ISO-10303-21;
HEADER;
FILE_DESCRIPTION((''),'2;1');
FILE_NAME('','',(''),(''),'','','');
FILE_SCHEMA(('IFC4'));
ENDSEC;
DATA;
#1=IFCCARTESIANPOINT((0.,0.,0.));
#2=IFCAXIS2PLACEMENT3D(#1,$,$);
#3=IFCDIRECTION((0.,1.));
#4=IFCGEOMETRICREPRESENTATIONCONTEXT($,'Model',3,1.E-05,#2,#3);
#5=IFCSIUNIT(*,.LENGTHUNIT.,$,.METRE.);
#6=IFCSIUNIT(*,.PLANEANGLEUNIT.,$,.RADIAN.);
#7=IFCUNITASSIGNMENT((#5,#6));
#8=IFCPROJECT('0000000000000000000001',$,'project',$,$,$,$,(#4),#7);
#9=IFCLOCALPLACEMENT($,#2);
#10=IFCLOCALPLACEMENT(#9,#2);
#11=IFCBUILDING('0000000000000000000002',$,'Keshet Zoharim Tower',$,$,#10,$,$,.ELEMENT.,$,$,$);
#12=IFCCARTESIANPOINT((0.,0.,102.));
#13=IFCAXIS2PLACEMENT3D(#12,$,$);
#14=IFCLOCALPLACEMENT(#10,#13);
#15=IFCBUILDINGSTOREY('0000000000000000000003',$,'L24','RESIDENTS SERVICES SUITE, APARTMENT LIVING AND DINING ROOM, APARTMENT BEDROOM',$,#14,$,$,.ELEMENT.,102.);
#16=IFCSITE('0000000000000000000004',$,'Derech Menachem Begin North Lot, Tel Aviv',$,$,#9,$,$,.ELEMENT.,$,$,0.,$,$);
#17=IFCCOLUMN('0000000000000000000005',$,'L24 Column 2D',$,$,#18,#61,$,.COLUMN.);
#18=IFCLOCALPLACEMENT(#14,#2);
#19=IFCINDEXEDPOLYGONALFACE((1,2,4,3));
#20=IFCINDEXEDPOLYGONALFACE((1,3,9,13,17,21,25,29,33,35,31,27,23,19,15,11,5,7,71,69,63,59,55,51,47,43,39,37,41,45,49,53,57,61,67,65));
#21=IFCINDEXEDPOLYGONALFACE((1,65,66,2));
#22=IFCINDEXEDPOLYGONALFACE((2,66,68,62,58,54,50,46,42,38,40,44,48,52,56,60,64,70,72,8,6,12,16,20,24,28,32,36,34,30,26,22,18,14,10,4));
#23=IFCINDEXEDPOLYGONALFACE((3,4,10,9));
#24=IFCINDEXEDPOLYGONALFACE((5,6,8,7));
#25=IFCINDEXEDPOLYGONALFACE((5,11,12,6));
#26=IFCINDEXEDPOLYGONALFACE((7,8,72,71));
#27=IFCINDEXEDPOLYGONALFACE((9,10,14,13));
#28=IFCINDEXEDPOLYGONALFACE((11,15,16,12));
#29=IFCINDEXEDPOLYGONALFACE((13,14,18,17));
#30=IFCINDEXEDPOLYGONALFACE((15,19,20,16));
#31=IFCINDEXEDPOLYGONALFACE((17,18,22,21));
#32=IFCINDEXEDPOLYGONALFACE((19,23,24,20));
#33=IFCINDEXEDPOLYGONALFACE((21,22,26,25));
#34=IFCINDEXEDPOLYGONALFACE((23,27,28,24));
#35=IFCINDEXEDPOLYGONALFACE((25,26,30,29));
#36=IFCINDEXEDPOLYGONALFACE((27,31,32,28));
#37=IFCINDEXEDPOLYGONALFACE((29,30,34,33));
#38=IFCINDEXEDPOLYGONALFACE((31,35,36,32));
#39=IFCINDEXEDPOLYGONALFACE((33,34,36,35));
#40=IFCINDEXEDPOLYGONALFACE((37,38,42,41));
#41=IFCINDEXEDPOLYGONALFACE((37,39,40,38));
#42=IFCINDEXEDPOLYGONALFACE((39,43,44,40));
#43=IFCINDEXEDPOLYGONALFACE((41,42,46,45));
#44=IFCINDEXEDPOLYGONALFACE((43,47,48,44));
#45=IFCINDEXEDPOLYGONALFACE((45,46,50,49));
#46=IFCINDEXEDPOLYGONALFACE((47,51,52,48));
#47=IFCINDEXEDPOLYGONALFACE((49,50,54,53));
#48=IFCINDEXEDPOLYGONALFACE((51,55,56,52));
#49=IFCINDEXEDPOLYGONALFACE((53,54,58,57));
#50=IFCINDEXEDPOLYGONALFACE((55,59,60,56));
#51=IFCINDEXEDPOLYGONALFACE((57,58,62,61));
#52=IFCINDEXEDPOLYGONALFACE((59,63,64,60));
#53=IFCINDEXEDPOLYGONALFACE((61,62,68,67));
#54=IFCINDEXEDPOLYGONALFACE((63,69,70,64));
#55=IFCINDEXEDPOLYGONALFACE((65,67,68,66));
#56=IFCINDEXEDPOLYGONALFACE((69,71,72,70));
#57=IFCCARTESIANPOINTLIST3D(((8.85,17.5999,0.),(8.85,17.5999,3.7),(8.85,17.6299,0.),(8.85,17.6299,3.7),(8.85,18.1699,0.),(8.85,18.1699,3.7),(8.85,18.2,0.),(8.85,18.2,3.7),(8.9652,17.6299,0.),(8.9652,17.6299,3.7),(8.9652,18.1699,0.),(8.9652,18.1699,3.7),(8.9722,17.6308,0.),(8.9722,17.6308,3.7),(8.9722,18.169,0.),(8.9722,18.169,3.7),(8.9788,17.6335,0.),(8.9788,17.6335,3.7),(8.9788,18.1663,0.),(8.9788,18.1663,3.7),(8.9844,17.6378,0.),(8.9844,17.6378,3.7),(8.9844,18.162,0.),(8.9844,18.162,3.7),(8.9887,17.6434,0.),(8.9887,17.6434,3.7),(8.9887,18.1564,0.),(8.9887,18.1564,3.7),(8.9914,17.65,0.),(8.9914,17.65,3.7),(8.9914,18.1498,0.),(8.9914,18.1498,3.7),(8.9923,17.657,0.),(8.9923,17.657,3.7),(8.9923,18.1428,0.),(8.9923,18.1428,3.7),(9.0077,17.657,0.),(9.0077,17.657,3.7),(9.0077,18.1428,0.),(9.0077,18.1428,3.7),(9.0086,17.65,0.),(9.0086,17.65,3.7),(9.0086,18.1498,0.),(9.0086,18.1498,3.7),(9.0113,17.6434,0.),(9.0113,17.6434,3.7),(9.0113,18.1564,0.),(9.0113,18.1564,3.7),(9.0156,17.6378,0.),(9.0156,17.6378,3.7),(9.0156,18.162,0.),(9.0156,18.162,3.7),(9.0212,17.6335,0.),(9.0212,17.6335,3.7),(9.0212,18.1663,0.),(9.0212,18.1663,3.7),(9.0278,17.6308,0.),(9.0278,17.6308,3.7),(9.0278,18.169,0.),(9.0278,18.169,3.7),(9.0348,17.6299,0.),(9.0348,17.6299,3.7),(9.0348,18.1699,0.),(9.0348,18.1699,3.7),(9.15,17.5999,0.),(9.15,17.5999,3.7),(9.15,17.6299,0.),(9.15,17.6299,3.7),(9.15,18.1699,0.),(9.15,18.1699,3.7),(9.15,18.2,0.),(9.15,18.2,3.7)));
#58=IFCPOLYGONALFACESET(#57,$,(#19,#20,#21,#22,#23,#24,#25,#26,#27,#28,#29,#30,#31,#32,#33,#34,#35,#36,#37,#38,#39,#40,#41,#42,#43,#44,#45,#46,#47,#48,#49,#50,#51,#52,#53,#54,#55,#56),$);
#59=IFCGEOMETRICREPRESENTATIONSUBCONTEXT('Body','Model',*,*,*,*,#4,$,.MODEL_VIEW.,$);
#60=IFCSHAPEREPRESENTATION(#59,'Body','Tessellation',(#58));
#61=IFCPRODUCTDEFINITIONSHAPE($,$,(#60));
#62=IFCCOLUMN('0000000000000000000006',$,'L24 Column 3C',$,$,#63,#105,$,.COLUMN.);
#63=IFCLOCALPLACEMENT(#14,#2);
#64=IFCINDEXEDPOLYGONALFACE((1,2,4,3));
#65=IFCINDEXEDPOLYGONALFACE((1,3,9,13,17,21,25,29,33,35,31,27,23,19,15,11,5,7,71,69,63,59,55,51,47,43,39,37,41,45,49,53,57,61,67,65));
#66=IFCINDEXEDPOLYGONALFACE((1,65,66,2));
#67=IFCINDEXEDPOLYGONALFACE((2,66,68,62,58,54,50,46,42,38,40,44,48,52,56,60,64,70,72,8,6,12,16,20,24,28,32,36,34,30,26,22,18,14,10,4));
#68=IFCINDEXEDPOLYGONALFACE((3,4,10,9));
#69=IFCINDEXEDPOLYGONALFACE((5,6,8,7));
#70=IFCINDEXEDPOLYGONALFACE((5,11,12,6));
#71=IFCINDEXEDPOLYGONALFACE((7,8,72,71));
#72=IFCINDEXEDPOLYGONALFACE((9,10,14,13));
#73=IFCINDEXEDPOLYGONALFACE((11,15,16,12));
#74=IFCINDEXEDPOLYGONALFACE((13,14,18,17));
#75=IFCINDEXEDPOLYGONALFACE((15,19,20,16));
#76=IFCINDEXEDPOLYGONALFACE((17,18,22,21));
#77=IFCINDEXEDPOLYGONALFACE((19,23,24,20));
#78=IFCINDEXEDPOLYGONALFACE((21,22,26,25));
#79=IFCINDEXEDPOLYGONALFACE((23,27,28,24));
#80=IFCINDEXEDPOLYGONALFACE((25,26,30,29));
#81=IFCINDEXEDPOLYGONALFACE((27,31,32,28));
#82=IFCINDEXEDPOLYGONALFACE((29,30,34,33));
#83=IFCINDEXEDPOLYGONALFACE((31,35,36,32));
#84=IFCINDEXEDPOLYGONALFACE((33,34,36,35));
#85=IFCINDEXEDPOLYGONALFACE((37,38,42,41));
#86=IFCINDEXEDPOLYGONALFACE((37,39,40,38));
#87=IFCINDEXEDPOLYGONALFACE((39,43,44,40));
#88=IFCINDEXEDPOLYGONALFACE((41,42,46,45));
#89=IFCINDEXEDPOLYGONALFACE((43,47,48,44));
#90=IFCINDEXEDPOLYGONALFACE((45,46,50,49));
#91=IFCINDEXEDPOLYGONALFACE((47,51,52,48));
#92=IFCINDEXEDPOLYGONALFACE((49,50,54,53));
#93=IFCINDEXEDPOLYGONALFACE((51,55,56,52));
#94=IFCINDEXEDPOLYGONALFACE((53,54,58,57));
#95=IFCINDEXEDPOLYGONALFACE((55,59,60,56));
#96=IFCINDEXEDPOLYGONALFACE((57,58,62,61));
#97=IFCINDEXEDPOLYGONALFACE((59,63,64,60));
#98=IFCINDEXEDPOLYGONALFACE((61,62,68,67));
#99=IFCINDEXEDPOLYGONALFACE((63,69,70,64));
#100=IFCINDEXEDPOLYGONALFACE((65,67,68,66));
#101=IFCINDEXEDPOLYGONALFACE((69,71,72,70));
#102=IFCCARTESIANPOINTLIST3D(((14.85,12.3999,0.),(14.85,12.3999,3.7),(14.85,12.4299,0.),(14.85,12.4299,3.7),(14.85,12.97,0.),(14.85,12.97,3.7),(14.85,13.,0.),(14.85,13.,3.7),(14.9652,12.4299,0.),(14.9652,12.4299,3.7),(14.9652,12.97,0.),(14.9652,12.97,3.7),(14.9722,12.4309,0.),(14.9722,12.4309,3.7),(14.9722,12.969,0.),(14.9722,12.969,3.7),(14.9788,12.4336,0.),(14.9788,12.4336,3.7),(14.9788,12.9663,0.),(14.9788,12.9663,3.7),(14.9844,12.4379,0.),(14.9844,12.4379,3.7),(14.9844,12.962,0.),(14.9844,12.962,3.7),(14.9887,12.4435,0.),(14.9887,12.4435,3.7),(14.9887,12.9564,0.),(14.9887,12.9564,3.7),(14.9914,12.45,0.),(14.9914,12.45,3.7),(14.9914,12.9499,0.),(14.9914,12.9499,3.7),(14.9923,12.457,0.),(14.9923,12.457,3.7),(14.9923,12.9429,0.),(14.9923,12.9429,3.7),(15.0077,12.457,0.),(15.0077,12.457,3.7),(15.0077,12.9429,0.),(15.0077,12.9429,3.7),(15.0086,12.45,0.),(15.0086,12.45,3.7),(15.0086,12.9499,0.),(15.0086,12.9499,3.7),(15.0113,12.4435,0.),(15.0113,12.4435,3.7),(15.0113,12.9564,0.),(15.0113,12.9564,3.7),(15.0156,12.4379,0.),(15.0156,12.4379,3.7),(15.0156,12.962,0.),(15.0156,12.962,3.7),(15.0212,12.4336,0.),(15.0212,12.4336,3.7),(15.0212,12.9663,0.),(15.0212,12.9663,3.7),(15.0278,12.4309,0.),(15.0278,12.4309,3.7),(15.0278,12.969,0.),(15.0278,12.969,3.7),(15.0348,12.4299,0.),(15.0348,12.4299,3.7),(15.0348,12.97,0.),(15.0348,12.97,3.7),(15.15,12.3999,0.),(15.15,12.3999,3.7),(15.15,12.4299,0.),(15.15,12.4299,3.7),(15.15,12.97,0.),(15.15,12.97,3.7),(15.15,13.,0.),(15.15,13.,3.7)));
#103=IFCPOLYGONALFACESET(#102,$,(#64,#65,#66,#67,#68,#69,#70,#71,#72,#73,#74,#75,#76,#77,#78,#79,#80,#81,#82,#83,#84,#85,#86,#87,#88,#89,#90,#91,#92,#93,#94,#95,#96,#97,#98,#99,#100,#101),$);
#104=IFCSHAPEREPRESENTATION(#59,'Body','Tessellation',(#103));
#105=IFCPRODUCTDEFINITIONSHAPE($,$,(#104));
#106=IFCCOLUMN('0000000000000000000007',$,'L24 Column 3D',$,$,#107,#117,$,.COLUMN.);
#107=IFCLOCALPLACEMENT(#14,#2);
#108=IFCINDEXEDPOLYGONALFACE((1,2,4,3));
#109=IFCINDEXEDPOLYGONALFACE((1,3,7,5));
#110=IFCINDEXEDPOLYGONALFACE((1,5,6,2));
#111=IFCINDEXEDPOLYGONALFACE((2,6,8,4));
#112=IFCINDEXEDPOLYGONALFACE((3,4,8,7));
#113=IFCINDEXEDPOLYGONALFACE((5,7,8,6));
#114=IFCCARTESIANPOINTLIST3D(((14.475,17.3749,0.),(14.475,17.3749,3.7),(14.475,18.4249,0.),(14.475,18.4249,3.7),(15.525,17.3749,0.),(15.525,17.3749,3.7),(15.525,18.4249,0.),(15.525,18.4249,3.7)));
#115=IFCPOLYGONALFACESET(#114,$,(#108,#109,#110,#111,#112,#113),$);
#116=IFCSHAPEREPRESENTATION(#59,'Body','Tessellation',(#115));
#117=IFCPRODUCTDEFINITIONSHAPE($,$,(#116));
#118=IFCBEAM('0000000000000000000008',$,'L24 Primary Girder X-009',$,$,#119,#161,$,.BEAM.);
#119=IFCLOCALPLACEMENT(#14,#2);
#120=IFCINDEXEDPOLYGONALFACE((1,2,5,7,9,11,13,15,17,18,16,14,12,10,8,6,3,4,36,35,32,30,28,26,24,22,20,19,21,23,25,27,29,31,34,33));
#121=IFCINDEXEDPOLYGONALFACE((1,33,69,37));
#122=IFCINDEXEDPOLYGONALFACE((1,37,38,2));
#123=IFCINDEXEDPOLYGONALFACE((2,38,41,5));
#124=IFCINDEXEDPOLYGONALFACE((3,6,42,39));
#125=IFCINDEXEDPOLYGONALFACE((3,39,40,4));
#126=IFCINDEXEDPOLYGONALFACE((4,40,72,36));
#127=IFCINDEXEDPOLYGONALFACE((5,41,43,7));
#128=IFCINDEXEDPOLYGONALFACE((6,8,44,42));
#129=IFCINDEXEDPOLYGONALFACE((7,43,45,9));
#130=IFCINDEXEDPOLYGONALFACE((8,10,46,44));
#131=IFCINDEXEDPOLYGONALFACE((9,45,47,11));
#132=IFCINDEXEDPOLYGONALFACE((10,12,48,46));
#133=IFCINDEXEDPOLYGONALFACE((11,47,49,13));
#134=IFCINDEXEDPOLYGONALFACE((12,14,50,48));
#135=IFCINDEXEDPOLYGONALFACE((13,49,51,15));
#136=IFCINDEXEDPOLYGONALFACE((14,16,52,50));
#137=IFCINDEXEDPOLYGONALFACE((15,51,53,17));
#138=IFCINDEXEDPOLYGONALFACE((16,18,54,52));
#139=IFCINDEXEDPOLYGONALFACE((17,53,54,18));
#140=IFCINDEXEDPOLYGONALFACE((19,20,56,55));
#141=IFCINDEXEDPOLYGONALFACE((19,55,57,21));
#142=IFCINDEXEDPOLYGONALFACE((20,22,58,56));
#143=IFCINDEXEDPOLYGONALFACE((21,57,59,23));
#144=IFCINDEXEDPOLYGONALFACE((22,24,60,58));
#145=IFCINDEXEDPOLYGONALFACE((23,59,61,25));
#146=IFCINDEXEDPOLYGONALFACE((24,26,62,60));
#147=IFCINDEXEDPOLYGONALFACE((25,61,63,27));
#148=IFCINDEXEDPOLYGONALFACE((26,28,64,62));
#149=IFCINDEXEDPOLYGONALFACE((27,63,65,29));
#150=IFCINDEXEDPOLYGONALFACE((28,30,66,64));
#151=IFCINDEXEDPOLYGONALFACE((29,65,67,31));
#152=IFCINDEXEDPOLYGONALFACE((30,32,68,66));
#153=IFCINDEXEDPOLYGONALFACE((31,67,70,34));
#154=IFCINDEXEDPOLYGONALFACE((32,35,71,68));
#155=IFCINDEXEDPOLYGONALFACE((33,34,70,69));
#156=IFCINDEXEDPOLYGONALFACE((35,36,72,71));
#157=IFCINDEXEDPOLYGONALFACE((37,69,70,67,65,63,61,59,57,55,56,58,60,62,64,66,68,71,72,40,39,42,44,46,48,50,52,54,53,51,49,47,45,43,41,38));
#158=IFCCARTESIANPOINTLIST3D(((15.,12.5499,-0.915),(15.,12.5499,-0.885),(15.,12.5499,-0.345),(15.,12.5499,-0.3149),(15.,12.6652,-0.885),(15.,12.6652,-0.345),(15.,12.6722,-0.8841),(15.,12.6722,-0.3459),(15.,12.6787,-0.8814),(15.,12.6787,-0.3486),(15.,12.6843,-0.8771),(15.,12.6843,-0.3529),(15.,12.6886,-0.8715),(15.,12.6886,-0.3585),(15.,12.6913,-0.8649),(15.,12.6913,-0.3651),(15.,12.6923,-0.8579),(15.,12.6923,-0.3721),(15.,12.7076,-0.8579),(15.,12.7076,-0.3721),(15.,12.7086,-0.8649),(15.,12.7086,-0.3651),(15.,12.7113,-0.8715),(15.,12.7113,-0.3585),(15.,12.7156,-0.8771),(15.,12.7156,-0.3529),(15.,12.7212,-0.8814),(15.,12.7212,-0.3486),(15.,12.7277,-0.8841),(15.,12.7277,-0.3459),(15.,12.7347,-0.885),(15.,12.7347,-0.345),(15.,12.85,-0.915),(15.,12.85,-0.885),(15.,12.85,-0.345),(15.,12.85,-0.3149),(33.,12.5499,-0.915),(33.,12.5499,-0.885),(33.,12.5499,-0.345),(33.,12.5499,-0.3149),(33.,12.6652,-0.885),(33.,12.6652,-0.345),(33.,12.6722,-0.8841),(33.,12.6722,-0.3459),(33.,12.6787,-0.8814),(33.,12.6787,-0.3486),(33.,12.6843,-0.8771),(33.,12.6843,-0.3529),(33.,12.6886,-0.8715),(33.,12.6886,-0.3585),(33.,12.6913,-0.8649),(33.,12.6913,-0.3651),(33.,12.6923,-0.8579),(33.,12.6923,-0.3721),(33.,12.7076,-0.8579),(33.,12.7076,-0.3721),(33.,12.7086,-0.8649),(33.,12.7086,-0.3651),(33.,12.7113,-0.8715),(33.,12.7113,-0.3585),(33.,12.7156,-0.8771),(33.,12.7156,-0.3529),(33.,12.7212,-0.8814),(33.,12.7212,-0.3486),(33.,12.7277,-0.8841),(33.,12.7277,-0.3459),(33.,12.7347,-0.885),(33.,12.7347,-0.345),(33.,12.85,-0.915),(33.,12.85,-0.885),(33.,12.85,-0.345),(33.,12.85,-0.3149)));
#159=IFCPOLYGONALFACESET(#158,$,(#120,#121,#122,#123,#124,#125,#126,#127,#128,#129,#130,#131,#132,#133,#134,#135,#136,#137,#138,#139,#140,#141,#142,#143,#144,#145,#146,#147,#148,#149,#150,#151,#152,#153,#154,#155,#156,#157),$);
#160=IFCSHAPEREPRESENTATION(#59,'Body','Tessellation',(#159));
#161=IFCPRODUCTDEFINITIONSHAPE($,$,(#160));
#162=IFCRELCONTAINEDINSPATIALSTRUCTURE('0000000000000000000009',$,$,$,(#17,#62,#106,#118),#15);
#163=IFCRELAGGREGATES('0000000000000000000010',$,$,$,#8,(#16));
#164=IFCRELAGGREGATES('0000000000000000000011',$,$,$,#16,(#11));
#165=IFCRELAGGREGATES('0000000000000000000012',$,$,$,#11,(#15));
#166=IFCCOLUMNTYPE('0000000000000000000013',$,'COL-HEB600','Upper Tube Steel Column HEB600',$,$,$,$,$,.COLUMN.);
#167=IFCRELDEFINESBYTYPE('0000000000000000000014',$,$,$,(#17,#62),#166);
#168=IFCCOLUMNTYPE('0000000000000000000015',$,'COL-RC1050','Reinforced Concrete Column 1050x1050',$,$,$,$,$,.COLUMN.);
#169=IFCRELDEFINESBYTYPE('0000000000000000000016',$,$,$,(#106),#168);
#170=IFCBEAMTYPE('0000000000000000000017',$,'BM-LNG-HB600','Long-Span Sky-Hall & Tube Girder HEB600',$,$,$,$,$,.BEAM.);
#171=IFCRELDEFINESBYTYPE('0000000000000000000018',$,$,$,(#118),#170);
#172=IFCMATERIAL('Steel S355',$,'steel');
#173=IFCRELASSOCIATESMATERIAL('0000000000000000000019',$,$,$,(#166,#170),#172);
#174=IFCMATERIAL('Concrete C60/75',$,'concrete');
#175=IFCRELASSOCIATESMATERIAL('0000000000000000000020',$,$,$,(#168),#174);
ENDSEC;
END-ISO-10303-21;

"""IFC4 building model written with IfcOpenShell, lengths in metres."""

from ifc_helpers import new_model, si_unit, direction, frame, origin, origin_2d, place, context, subcontext, project, spatial, rectangle, i_section, extrude, material, material_profile, profile_set, type_object, element, save


model = new_model("IFC4")

# Units and contexts
model_context = context("Model", 3, precision=1e-05, world=origin(), true_north=direction((0.0, 1.0)))
body_context = subcontext(model_context, "Body", "Model", "MODEL_VIEW")
ifc_project = project(units=[si_unit("LENGTHUNIT", "METRE"), si_unit("PLANEANGLEUNIT", "RADIAN")], contexts=[model_context])

# Site, building, storey
site_placement = place(None, origin())
site = spatial("IfcSite", under=ifc_project, at=site_placement, Name="Derech Menachem Begin North Lot, Tel Aviv", CompositionType="ELEMENT", RefElevation=0.0)
building_placement = place(site_placement, origin())
building = spatial("IfcBuilding", under=site, at=building_placement, Name="Keshet Zoharim Tower", CompositionType="ELEMENT")
storey_placement = place(building_placement, frame((0.0, 0.0, 102.0)))
storey = spatial("IfcBuildingStorey", under=building, at=storey_placement, Name="L24", Description="RESIDENTS SERVICES SUITE, APARTMENT LIVING AND DINING ROOM, APARTMENT BEDROOM", CompositionType="ELEMENT", Elevation=102.0)

# Columns
ifc_material_1 = material(Name="Steel S355", Category="steel")
ifc_material_profile_1 = material_profile(ifc_material_1, i_section(OverallWidth=0.3, OverallDepth=0.6001, WebThickness=0.0154, FlangeThickness=0.03, FilletRadius=0.0271, at=origin_2d()), Name="HEB600")
ifc_profile_set_1 = profile_set([ifc_material_profile_1], Name="Steel S355")
column_type_1 = type_object("IfcColumnType", Name="COL-HEB600", Description="Upper Tube Steel Column HEB600", PredefinedType="COLUMN", material=ifc_profile_set_1)
for number, where, z_axis, x_axis, name in (
    (1, (9.0, 17.8999, 0.0), (0.0, 0.0, 1.0), (1.0, 0.0, 0.0), "L24 Column 2D"),
    (2, (15.0, 12.7, 0.0), (0.0, 0.0, 1.0), (1.0, 0.0, 0.0), "L24 Column 3C"),
):
    element("IfcColumn", number, at=place(storey_placement, frame(where, z_axis=z_axis, x_axis=x_axis)), inside=storey, type_object=column_type_1, Name=name, PredefinedType="COLUMN", context=body_context, shape_type="SweptSolid", body=[
        extrude(i_section(OverallWidth=0.3, OverallDepth=0.6001, WebThickness=0.0154, FlangeThickness=0.03, FilletRadius=0.0271, at=origin_2d()), origin(), (0.0, 0.0, 1.0), 3.7),
    ])
ifc_material_2 = material(Name="Concrete C60/75", Category="concrete")
ifc_material_profile_2 = material_profile(ifc_material_2, rectangle(XDim=1.05, YDim=1.05, at=origin_2d()), Name="RC1050x1050")
ifc_profile_set_2 = profile_set([ifc_material_profile_2], Name="Concrete C60/75")
column_type_2 = type_object("IfcColumnType", Name="COL-RC1050", Description="Reinforced Concrete Column 1050x1050", PredefinedType="COLUMN", material=ifc_profile_set_2)
column_placement = place(storey_placement, frame((15.0, 17.8999, 0.0), z_axis=(0.0, 0.0, 1.0), x_axis=(1.0, 0.0, 0.0)))
element("IfcColumn", 3, at=column_placement, inside=storey, type_object=column_type_2, Name="L24 Column 3D", PredefinedType="COLUMN", context=body_context, shape_type="SweptSolid", body=[
    extrude(rectangle(XDim=1.05, YDim=1.05, at=origin_2d()), origin(), (0.0, 0.0, 1.0), 3.7),
])

# Beam
ifc_material_profile_3 = material_profile(ifc_material_1, i_section(OverallWidth=0.3, OverallDepth=0.6001, WebThickness=0.0154, FlangeThickness=0.03, FilletRadius=0.0271, at=origin_2d()), Name="HEB600")
ifc_profile_set_3 = profile_set([ifc_material_profile_3], Name="Steel S355")
beam_type_1 = type_object("IfcBeamType", Name="BM-LNG-HB600", Description="Long-Span Sky-Hall & Tube Girder HEB600", PredefinedType="BEAM", material=ifc_profile_set_3)
for number, where, z_axis, x_axis, name in (
    (4, (15.0, 12.7, -0.615), (1.0, 0.0, 0.0), (0.0, 1.0, 0.0), "L24 Primary Girder X-009"),
):
    element("IfcBeam", number, at=place(storey_placement, frame(where, z_axis=z_axis, x_axis=x_axis)), inside=storey, type_object=beam_type_1, Name=name, PredefinedType="BEAM", context=body_context, shape_type="SweptSolid", body=[
        extrude(i_section(OverallWidth=0.3, OverallDepth=0.6001, WebThickness=0.0154, FlangeThickness=0.03, FilletRadius=0.0271, at=origin_2d()), origin(), (0.0, 0.0, 1.0), 18.0),
    ])

save(model, "model.ifc")
